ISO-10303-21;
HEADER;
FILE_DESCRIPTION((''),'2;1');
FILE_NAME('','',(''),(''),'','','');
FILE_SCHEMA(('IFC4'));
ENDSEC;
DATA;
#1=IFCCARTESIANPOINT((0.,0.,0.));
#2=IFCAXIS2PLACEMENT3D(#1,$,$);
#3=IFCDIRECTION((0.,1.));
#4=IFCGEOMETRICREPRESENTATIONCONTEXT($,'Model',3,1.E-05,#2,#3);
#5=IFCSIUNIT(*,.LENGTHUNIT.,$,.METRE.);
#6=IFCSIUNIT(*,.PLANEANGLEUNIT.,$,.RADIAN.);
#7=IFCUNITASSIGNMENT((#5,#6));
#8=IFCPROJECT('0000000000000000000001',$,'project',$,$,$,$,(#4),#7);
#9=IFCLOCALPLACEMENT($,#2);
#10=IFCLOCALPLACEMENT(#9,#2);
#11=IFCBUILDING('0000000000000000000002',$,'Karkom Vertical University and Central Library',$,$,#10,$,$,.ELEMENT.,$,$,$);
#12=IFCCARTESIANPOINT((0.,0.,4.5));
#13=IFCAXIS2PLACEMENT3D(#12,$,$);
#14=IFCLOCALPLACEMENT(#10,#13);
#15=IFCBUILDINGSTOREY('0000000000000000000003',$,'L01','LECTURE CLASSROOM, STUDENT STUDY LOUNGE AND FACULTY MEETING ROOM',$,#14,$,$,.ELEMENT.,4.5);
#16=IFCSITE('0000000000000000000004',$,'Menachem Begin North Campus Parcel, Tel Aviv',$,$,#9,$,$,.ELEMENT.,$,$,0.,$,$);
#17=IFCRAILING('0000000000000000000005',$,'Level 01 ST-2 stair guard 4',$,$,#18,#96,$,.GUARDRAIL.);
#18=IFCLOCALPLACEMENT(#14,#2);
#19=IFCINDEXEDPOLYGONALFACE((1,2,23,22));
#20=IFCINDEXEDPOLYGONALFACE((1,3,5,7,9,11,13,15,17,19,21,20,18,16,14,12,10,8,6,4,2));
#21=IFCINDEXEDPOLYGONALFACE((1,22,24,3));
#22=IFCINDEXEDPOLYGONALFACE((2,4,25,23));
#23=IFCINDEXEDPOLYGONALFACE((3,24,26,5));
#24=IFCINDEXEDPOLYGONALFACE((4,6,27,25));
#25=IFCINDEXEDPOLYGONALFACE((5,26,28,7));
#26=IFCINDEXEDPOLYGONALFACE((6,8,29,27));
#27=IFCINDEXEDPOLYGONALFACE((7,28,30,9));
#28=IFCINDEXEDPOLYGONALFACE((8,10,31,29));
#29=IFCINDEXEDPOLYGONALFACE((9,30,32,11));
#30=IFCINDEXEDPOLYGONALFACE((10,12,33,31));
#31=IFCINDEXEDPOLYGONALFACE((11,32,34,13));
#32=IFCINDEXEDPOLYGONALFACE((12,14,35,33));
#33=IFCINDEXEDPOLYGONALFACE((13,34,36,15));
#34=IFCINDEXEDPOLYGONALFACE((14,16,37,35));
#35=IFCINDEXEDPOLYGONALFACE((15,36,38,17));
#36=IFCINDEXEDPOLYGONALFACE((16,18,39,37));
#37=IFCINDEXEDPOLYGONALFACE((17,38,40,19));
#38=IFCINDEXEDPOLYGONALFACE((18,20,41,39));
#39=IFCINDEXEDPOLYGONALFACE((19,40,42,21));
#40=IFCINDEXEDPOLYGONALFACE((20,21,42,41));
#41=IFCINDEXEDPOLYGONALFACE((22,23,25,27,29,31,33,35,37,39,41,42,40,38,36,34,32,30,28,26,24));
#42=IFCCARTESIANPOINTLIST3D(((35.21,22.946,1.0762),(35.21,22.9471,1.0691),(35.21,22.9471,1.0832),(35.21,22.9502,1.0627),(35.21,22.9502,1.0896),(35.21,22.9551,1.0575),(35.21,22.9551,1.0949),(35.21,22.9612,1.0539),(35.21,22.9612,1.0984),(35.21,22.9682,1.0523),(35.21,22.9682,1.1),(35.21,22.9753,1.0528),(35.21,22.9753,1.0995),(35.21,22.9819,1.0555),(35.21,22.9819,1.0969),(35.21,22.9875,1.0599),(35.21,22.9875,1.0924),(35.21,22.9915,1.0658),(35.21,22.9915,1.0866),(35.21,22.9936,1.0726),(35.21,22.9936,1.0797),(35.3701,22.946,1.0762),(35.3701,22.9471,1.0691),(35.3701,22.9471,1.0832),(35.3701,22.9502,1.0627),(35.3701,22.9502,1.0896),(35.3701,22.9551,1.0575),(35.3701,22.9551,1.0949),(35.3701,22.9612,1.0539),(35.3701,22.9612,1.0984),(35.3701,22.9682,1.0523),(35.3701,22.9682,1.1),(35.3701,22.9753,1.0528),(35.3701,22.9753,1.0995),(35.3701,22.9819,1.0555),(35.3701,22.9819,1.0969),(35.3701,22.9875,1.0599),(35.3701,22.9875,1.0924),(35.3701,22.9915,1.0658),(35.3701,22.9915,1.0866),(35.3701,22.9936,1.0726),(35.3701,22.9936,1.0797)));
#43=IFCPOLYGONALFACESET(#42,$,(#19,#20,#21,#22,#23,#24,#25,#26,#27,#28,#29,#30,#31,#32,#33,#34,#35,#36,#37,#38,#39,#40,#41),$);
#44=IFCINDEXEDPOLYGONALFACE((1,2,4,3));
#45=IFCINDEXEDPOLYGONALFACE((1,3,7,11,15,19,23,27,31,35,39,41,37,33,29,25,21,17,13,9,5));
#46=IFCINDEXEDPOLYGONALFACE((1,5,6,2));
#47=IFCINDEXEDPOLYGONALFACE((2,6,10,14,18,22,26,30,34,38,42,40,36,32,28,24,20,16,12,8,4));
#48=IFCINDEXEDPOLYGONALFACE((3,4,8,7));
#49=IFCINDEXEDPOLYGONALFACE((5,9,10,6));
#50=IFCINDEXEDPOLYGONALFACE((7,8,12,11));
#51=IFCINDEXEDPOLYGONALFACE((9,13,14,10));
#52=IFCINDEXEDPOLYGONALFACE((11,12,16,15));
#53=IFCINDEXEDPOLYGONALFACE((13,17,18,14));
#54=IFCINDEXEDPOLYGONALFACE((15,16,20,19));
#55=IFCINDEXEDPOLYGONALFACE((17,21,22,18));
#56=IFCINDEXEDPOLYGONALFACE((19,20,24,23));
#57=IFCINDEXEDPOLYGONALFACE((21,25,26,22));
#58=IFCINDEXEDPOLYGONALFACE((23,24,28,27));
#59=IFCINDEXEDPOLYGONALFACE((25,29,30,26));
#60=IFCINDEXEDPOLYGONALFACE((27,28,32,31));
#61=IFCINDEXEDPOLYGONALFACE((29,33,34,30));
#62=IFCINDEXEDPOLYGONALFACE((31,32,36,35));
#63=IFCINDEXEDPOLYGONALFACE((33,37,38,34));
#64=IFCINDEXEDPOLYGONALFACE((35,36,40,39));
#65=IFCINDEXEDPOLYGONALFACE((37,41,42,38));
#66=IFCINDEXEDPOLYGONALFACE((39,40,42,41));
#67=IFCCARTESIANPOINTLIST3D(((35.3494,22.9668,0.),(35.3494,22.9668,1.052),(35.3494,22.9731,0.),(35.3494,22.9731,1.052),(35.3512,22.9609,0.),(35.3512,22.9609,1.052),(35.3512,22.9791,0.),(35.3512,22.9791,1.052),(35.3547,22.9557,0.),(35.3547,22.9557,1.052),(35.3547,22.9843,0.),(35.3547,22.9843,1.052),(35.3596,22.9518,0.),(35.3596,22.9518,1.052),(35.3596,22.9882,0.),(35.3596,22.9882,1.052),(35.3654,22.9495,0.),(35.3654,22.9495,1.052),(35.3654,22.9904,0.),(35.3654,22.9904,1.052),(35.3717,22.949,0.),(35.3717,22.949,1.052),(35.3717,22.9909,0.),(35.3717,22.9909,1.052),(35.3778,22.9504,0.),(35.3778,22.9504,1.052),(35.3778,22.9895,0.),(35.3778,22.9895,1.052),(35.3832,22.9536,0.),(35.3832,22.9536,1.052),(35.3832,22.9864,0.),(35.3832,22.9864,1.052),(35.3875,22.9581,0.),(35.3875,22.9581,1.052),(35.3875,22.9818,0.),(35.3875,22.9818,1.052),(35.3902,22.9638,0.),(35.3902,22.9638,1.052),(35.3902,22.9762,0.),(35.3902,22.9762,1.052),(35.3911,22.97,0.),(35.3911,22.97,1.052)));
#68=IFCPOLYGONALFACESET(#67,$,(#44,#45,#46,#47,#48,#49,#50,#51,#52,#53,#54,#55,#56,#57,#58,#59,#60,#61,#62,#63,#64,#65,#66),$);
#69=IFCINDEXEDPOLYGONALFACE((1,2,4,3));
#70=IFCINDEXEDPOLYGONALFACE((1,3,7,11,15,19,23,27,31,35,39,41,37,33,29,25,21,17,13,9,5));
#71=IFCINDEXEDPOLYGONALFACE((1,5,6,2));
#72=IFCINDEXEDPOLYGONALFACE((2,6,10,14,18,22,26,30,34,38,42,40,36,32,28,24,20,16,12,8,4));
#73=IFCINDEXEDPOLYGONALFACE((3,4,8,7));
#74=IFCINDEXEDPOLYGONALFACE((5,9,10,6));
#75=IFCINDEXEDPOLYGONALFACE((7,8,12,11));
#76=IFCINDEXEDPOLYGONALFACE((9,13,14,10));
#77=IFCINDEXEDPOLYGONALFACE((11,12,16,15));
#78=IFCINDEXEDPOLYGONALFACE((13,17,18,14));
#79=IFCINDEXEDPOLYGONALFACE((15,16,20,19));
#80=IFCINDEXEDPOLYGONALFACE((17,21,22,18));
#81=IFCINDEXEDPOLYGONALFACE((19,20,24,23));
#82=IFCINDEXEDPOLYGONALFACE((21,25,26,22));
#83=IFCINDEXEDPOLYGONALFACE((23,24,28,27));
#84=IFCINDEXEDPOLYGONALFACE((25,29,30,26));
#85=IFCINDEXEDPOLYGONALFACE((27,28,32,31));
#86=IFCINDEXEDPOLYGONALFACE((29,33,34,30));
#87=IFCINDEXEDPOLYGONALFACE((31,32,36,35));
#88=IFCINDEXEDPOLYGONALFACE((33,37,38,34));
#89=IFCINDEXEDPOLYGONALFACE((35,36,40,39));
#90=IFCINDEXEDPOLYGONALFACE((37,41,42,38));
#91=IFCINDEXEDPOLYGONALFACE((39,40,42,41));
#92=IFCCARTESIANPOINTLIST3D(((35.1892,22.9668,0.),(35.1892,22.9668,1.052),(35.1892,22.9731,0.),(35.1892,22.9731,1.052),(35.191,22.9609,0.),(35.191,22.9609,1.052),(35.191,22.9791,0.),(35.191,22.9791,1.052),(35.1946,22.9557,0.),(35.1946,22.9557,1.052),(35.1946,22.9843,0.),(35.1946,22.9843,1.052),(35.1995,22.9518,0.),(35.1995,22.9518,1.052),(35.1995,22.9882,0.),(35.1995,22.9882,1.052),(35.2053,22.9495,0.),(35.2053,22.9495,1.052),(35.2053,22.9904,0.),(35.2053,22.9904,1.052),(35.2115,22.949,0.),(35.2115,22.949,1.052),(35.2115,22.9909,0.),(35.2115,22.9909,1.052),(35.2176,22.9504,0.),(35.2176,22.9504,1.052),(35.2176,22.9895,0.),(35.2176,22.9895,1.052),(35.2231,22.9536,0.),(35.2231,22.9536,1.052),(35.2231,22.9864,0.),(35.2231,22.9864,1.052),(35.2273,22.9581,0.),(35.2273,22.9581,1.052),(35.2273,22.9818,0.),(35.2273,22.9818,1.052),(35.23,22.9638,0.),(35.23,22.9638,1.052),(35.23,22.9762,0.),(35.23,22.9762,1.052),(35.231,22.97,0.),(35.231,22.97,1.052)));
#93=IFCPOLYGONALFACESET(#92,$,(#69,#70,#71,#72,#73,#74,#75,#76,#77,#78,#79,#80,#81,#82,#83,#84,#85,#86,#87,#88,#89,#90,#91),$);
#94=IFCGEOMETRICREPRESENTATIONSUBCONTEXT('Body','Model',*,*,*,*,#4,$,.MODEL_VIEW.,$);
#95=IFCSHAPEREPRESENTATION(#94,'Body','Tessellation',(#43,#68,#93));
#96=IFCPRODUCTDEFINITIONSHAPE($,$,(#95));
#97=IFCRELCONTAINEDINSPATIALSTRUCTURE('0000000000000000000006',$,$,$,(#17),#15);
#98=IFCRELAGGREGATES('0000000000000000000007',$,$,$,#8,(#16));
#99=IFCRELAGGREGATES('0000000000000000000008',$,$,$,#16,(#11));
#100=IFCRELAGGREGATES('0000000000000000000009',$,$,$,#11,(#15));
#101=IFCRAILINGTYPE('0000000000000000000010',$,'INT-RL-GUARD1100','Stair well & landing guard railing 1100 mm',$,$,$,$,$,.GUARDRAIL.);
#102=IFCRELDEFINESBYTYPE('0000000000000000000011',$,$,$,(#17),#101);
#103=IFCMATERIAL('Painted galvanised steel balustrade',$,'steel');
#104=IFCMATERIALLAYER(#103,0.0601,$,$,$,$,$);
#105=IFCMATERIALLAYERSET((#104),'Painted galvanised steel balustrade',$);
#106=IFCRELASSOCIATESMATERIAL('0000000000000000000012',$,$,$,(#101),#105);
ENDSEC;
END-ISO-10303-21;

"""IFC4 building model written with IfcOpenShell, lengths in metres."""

from ifc_helpers import new_model, si_unit, direction, frame, origin, origin_2d, place, context, subcontext, project, spatial, circle, extrude, material, layer, layer_set, type_object, element, save


model = new_model("IFC4")

# Units and contexts
model_context = context("Model", 3, precision=1e-05, world=origin(), true_north=direction((0.0, 1.0)))
body_context = subcontext(model_context, "Body", "Model", "MODEL_VIEW")
ifc_project = project(units=[si_unit("LENGTHUNIT", "METRE"), si_unit("PLANEANGLEUNIT", "RADIAN")], contexts=[model_context])

# Site, building, storey
site_placement = place(None, origin())
site = spatial("IfcSite", under=ifc_project, at=site_placement, Name="Menachem Begin North Campus Parcel, Tel Aviv", CompositionType="ELEMENT", RefElevation=0.0)
building_placement = place(site_placement, origin())
building = spatial("IfcBuilding", under=site, at=building_placement, Name="Karkom Vertical University and Central Library", CompositionType="ELEMENT")
storey_placement = place(building_placement, frame((0.0, 0.0, 4.5)))
storey = spatial("IfcBuildingStorey", under=building, at=storey_placement, Name="L01", Description="LECTURE CLASSROOM, STUDENT STUDY LOUNGE AND FACULTY MEETING ROOM", CompositionType="ELEMENT", Elevation=4.5)

# Railing
ifc_material_1 = material(Name="Painted galvanised steel balustrade", Category="steel")
ifc_layer_1 = layer(ifc_material_1, 0.0601)
ifc_layer_set_1 = layer_set([ifc_layer_1], Name="Painted galvanised steel balustrade")
railing_type = type_object("IfcRailingType", Name="INT-RL-GUARD1100", Description="Stair well & landing guard railing 1100 mm", PredefinedType="GUARDRAIL", material=ifc_layer_set_1)
railing_1_placement = place(storey_placement, frame((35.3701, 22.97, 0.0)))
element("IfcRailing", 1, at=railing_1_placement, inside=storey, type_object=railing_type, Name="Level 01 ST-2 stair guard 4", PredefinedType="GUARDRAIL", context=body_context, shape_type="SweptSolid", body=[
    extrude(circle(Radius=0.0239, at=origin_2d()), frame((0.0, 0.0, 1.0762), z_axis=(-1.0, 0.0, 0.0), x_axis=(0.0, -1.0, 0.0)), (0.0, 0.0, 1.0), 0.1602),
    extrude(circle(Radius=0.021, at=origin_2d()), origin(), (0.0, 0.0, 1.0), 1.052),
    extrude(circle(Radius=0.021, at=origin_2d()), frame((-0.1602, 0.0, 0.0)), (0.0, 0.0, 1.0), 1.052),
])

save(model, "model.ifc")
